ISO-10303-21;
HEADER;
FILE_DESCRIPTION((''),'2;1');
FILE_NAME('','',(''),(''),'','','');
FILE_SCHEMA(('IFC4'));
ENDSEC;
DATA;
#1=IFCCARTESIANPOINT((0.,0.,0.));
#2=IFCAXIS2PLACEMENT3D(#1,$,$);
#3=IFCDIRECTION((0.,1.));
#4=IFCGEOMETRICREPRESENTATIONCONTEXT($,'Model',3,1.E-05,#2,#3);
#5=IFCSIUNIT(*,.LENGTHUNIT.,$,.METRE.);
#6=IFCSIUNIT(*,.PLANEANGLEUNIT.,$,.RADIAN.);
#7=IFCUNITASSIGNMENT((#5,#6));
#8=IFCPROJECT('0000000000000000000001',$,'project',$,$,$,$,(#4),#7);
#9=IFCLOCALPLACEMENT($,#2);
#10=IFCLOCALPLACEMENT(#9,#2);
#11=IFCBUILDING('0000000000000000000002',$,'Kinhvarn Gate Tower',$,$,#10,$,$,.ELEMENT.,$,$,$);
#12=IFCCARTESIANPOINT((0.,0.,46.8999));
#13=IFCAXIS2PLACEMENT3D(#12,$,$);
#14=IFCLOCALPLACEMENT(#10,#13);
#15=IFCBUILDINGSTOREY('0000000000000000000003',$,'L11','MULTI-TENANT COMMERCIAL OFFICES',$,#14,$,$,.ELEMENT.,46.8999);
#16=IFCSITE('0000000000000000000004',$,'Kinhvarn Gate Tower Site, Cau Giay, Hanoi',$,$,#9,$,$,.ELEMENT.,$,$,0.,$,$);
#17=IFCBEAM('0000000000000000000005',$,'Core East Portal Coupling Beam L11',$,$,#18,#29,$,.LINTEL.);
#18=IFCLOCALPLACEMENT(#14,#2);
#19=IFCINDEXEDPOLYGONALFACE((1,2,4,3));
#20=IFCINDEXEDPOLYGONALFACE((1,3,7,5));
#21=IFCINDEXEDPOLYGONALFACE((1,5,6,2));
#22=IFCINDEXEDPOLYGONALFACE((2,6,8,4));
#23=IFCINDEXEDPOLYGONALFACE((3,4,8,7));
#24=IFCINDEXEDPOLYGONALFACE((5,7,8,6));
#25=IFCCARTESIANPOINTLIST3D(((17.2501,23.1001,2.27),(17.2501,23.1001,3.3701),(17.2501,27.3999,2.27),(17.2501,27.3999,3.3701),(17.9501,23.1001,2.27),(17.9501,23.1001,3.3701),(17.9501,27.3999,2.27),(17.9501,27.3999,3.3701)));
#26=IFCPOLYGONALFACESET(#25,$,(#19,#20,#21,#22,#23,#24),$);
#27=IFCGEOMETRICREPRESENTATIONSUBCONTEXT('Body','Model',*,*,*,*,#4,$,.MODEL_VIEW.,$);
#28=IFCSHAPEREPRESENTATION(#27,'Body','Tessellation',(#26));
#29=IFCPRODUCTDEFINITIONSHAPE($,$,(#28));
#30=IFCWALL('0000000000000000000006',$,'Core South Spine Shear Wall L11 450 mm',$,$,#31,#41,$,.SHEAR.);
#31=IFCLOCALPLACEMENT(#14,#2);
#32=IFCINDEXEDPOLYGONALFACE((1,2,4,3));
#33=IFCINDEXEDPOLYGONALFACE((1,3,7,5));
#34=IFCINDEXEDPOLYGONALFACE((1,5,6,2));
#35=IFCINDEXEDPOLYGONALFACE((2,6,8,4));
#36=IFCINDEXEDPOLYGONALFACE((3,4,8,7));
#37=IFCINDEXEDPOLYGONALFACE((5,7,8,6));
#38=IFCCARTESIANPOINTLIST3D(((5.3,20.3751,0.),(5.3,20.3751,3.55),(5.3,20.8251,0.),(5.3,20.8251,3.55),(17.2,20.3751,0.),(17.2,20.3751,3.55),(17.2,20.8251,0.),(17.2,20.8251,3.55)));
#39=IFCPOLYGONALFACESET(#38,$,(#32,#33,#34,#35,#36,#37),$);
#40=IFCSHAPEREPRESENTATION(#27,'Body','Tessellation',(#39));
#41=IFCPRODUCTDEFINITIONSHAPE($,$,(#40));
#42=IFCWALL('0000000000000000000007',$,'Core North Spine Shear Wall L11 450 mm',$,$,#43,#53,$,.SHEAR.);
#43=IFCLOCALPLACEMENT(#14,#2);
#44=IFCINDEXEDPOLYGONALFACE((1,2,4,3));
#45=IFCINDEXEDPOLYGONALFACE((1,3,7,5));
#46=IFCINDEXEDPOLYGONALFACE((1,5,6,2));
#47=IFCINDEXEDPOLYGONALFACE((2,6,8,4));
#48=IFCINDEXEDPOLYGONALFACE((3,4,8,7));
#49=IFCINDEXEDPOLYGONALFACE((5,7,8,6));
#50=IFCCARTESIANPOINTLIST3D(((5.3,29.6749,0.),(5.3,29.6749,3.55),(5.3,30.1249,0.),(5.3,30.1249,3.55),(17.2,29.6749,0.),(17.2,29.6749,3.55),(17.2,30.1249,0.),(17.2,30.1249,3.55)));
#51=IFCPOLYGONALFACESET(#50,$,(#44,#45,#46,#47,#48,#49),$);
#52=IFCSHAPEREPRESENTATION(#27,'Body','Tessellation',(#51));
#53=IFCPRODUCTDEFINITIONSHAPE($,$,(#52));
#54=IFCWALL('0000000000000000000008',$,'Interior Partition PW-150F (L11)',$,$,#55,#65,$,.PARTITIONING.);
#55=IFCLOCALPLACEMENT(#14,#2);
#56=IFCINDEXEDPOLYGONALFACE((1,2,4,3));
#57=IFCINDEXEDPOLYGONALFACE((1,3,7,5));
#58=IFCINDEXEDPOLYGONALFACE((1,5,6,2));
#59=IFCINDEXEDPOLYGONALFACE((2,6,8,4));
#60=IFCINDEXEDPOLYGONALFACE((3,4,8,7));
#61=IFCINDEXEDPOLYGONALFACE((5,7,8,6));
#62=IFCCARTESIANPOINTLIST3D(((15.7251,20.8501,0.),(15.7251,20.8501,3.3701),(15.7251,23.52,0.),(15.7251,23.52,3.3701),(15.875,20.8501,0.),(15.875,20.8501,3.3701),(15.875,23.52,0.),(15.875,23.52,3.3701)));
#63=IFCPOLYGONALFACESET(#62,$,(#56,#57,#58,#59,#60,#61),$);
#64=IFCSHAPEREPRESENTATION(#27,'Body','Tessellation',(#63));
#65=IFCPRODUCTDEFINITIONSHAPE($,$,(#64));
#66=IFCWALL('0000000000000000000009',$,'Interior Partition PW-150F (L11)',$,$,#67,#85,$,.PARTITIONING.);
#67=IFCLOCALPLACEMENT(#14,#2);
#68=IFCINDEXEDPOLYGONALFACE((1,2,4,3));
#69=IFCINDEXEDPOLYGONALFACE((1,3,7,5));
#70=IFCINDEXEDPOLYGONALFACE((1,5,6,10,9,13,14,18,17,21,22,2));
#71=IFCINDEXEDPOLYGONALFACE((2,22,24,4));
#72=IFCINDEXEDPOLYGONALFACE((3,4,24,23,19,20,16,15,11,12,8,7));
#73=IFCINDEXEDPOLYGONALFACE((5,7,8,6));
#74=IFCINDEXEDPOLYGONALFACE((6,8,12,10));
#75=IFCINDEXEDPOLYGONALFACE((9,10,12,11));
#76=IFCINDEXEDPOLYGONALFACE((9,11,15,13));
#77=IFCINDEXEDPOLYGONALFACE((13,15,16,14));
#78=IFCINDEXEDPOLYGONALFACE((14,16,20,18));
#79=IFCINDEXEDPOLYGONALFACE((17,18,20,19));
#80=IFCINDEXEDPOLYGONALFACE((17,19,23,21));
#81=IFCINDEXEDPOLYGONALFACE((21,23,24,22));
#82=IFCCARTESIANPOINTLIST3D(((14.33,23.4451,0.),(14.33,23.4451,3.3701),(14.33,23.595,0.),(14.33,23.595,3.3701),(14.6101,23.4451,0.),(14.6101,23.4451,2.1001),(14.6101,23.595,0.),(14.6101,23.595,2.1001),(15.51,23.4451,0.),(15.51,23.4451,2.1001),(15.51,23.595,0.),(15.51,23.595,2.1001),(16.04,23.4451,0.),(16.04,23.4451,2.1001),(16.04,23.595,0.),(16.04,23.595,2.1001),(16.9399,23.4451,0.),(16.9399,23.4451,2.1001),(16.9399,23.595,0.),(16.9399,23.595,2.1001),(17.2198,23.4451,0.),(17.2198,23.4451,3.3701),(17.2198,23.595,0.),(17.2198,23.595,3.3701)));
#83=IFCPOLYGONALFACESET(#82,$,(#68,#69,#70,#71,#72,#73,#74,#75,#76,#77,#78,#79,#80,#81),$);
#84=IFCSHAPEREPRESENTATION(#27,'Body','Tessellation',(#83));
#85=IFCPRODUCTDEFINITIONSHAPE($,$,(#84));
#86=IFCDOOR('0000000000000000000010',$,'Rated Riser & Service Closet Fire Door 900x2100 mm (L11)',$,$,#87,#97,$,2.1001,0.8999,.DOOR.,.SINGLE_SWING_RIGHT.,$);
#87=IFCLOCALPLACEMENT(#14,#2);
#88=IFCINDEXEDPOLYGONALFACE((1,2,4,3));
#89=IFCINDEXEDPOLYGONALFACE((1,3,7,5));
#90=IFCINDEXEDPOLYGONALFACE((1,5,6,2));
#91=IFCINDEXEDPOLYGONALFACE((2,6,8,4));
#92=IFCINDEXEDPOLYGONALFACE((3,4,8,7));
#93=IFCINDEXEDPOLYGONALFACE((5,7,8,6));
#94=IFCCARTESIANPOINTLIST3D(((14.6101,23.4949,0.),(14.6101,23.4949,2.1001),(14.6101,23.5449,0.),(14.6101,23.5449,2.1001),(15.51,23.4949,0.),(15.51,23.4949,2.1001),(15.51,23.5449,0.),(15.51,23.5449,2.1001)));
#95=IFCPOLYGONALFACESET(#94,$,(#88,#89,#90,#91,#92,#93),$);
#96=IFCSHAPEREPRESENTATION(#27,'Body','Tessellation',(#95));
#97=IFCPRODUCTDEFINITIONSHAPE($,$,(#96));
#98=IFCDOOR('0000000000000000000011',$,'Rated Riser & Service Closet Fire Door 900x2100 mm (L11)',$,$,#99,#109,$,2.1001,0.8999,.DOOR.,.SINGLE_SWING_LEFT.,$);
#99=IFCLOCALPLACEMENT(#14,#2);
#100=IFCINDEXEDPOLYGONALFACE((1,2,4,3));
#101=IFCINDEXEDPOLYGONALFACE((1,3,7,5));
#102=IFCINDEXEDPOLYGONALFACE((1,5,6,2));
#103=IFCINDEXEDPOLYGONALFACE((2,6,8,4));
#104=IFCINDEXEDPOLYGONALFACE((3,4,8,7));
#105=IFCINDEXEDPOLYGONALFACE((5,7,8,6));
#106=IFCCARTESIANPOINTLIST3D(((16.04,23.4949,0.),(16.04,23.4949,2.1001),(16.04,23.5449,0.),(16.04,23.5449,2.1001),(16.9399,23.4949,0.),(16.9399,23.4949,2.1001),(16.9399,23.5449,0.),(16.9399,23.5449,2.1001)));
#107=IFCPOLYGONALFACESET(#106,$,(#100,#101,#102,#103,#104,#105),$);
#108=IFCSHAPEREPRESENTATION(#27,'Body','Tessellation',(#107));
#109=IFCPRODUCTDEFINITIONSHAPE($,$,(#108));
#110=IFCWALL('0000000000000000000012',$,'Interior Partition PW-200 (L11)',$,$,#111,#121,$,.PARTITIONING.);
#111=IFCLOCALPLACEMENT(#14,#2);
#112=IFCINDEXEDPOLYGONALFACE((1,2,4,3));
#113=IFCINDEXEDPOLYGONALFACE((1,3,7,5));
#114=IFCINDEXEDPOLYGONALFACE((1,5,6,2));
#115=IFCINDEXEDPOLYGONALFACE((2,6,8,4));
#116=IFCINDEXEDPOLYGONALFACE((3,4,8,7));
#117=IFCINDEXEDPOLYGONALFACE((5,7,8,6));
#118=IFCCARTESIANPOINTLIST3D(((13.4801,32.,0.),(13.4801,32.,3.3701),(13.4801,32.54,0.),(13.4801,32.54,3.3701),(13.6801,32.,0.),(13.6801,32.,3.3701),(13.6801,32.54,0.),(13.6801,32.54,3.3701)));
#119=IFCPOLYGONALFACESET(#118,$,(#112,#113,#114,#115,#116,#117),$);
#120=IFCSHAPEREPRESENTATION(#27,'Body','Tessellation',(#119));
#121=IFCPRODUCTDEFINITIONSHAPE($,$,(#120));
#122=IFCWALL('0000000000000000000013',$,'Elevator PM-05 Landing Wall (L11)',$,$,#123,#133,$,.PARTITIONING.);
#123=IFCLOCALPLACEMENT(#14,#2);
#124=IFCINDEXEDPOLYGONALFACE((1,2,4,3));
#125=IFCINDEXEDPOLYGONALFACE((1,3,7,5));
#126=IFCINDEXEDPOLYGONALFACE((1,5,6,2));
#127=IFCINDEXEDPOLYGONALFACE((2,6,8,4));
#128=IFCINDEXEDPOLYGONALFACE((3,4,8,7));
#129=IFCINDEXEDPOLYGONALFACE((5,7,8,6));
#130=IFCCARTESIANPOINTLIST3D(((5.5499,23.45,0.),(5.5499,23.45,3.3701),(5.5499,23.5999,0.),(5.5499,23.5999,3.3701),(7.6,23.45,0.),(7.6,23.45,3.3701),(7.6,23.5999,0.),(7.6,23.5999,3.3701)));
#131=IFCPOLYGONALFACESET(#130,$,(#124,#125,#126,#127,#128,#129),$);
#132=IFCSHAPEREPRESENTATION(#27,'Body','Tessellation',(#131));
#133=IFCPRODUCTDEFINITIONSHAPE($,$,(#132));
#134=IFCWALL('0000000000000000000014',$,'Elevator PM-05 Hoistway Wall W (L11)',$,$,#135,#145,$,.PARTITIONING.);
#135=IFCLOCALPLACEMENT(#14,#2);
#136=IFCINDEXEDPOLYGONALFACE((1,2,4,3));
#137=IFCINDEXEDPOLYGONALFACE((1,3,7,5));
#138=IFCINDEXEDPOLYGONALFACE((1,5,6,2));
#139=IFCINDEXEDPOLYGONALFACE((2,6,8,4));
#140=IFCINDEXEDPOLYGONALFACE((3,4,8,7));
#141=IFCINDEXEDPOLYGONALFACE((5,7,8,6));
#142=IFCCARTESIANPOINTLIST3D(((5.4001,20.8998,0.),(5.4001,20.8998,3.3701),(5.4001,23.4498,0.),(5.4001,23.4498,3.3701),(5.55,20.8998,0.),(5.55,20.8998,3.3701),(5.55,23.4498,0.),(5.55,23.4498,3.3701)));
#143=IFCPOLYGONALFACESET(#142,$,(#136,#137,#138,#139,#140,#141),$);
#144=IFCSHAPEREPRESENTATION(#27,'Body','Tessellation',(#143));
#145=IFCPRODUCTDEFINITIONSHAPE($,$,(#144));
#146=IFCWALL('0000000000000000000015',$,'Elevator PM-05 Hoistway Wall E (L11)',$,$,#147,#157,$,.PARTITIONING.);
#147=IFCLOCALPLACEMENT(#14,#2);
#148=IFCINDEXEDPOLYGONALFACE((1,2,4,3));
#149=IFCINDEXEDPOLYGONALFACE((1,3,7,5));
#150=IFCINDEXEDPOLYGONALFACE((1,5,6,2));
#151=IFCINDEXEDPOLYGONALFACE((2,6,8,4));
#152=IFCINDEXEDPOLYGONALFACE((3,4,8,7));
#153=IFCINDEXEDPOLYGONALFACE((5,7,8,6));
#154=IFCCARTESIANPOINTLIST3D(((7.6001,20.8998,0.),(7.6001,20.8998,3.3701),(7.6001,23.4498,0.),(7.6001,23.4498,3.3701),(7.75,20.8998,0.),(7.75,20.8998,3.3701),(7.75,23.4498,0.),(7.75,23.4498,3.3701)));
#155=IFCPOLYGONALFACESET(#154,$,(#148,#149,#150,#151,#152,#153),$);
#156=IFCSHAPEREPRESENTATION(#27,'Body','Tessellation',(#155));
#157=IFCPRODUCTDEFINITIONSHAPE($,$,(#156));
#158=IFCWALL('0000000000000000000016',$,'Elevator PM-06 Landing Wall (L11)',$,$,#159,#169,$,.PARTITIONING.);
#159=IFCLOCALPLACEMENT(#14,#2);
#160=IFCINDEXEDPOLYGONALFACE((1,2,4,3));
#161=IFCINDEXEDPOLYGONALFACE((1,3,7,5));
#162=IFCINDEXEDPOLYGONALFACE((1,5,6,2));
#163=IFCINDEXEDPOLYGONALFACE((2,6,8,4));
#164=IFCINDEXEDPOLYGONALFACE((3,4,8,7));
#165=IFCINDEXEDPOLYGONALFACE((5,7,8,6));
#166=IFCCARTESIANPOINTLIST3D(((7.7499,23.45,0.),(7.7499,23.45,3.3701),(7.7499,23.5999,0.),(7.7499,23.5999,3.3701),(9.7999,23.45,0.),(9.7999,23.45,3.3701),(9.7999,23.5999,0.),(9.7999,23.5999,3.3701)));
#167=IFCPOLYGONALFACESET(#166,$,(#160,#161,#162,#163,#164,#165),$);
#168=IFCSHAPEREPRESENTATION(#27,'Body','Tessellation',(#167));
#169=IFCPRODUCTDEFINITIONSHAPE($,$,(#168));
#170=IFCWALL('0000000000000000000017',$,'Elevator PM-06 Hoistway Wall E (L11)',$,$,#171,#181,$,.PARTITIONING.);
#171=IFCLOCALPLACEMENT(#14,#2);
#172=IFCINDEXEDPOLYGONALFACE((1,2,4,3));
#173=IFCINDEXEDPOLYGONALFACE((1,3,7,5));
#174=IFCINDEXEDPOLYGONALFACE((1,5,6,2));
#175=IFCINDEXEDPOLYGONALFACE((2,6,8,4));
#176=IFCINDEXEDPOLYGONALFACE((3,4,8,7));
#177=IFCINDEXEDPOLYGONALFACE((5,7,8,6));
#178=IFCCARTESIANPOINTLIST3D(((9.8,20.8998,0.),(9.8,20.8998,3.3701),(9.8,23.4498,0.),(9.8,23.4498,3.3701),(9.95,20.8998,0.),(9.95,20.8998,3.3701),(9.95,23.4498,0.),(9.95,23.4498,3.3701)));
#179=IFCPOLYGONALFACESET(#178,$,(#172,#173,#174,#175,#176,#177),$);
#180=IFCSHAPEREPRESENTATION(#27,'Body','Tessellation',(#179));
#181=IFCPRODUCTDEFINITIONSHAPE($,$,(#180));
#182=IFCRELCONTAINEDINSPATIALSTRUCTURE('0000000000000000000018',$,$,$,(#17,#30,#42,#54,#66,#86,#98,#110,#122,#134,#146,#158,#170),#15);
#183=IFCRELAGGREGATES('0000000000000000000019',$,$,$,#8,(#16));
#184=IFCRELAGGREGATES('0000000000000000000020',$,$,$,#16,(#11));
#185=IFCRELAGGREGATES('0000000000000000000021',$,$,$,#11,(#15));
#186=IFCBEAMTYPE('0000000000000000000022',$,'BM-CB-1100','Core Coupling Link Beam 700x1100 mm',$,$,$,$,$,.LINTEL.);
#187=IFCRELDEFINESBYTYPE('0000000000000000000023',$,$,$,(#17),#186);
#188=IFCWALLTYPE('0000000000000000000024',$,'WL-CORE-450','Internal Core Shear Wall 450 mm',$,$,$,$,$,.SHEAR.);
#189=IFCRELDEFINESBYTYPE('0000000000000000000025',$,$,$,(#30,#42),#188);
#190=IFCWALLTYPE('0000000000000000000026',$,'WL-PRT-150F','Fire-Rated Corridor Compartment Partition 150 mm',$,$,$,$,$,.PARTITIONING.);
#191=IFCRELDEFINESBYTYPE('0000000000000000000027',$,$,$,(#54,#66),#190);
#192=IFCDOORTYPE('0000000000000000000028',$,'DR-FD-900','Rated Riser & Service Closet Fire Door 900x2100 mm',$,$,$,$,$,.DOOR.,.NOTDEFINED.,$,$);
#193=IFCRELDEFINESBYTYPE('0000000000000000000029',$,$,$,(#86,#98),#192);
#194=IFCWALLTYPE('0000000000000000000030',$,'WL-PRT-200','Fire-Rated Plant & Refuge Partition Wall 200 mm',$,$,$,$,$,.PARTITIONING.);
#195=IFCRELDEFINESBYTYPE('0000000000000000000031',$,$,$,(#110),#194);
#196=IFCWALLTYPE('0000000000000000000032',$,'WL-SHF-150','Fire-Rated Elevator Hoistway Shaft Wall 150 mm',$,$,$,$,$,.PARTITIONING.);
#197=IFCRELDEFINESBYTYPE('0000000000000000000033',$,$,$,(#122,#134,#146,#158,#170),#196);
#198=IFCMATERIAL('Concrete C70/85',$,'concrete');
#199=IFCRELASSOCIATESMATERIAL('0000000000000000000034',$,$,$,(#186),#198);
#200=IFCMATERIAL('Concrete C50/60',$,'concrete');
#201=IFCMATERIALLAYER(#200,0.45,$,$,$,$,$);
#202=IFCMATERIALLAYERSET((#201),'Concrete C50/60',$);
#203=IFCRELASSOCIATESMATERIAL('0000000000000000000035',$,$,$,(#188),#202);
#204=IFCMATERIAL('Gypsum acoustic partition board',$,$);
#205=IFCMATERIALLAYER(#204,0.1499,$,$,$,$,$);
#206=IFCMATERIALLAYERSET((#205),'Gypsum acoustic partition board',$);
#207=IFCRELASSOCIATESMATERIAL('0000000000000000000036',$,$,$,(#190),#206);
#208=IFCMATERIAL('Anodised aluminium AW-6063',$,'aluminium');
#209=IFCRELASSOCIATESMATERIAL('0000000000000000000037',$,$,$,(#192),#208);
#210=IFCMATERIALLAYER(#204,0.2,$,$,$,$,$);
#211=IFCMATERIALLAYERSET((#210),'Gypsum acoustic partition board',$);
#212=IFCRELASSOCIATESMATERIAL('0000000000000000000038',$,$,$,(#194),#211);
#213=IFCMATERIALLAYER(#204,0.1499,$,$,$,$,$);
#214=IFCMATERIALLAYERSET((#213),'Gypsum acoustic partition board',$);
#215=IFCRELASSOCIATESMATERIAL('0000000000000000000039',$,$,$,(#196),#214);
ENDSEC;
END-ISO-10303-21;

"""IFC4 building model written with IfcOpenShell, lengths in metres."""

from ifc_helpers import new_model, si_unit, direction, frame, frame_2d, origin, origin_2d, place, context, subcontext, project, spatial, rectangle, extrude, material, layer, layer_set, material_profile, profile_set, type_object, element, fill, save


model = new_model("IFC4")

# Units and contexts
model_context = context("Model", 3, precision=1e-05, world=origin(), true_north=direction((0.0, 1.0)))
body_context = subcontext(model_context, "Body", "Model", "MODEL_VIEW")
ifc_project = project(units=[si_unit("LENGTHUNIT", "METRE"), si_unit("PLANEANGLEUNIT", "RADIAN")], contexts=[model_context])

# Site, building, storey
site_placement = place(None, origin())
site = spatial("IfcSite", under=ifc_project, at=site_placement, Name="Kinhvarn Gate Tower Site, Cau Giay, Hanoi", CompositionType="ELEMENT", RefElevation=0.0)
building_placement = place(site_placement, origin())
building = spatial("IfcBuilding", under=site, at=building_placement, Name="Kinhvarn Gate Tower", CompositionType="ELEMENT")
storey_placement = place(building_placement, frame((0.0, 0.0, 46.8999)))
storey = spatial("IfcBuildingStorey", under=building, at=storey_placement, Name="L11", Description="MULTI-TENANT COMMERCIAL OFFICES", CompositionType="ELEMENT", Elevation=46.8999)

# Beam
ifc_material_1 = material(Name="Concrete C70/85", Category="concrete")
ifc_material_profile = material_profile(ifc_material_1, rectangle(XDim=0.7, YDim=1.1001, at=origin_2d()), Name="RC 700x1100")
ifc_profile_set = profile_set([ifc_material_profile], Name="Concrete C70/85")
beam_type = type_object("IfcBeamType", Name="BM-CB-1100", Description="Core Coupling Link Beam 700x1100 mm", PredefinedType="LINTEL", material=ifc_profile_set)
beam_placement = place(storey_placement, frame((17.6001, 23.1001, 2.8201), z_axis=(0.0, 1.0, 0.0), x_axis=(-1.0, 0.0, 0.0)))
element("IfcBeam", 1, at=beam_placement, inside=storey, type_object=beam_type, Name="Core East Portal Coupling Beam L11", PredefinedType="LINTEL", context=body_context, shape_type="SweptSolid", body=[
    extrude(rectangle(XDim=0.7, YDim=1.1001, at=origin_2d()), origin(), (0.0, 0.0, 1.0), 4.2998),
])

# Walls
ifc_material_2 = material(Name="Concrete C50/60", Category="concrete")
ifc_layer_1 = layer(ifc_material_2, 0.45)
ifc_layer_set_1 = layer_set([ifc_layer_1], Name="Concrete C50/60")
wall_type_1 = type_object("IfcWallType", Name="WL-CORE-450", Description="Internal Core Shear Wall 450 mm", PredefinedType="SHEAR", material=ifc_layer_set_1)
for number, where, z_axis, x_axis, name in (
    (2, (5.3, 20.6001, 0.0), (0.0, 0.0, 1.0), (1.0, 0.0, 0.0), "Core South Spine Shear Wall L11 450 mm"),
    (3, (5.3, 29.8999, 0.0), (0.0, 0.0, 1.0), (1.0, 0.0, 0.0), "Core North Spine Shear Wall L11 450 mm"),
):
    element("IfcWall", number, at=place(storey_placement, frame(where, z_axis=z_axis, x_axis=x_axis)), inside=storey, type_object=wall_type_1, Name=name, PredefinedType="SHEAR", context=body_context, shape_type="SweptSolid", body=[
        extrude(rectangle(XDim=11.8999, YDim=0.45, at=frame_2d((5.95, 0.0))), origin(), (0.0, 0.0, 1.0), 3.55),
    ])

# Shared definitions
ifc_material_3 = material(Name="Anodised aluminium AW-6063", Category="aluminium")

# Wall
ifc_material_4 = material(Name="Gypsum acoustic partition board")
ifc_layer_2 = layer(ifc_material_4, 0.1499)
ifc_layer_set_2 = layer_set([ifc_layer_2], Name="Gypsum acoustic partition board")
wall_type_2 = type_object("IfcWallType", Name="WL-PRT-150F", Description="Fire-Rated Corridor Compartment Partition 150 mm", PredefinedType="PARTITIONING", material=ifc_layer_set_2)
wall_1_placement = place(storey_placement, frame((15.8, 20.8501, 0.0), z_axis=(0.0, 0.0, 1.0), x_axis=(0.0, 1.0, 0.0)))
element("IfcWall", 4, at=wall_1_placement, inside=storey, type_object=wall_type_2, Name="Interior Partition PW-150F (L11)", PredefinedType="PARTITIONING", context=body_context, shape_type="SweptSolid", body=[
    extrude(rectangle(XDim=2.6699, YDim=0.1499, at=frame_2d((1.335, 0.0))), origin(), (0.0, 0.0, 1.0), 3.3701),
])

# Wall, openings, doors
wall_2_placement = place(storey_placement, frame((14.3301, 23.52, 0.0), z_axis=(0.0, 0.0, 1.0), x_axis=(1.0, 0.0, 0.0)))
wall_2 = element("IfcWall", 5, at=wall_2_placement, inside=storey, type_object=wall_type_2, Name="Interior Partition PW-150F (L11)", PredefinedType="PARTITIONING", context=body_context, shape_type="SweptSolid", body=[
    extrude(rectangle(XDim=2.8899, YDim=0.1499, at=frame_2d((1.4448, 0.0))), origin(), (0.0, 0.0, 1.0), 3.3701),
])
opening_1_placement = place(wall_2_placement, frame((0.28, 0.0, 0.0)))
opening_1 = element("IfcOpeningElement", 6, at=opening_1_placement, cuts=wall_2, PredefinedType="OPENING", context=body_context, shape_type="SweptSolid", body=[
    extrude(rectangle(XDim=0.8999, YDim=2.1001, at=frame_2d((0.45, 1.05))), frame((0.0, 0.085, 0.0), z_axis=(0.0, -1.0, 0.0), x_axis=(1.0, 0.0, 0.0)), (0.0, 0.0, 1.0), 0.1699),
])
opening_2_placement = place(wall_2_placement, frame((1.71, 0.0, 0.0)))
opening_2 = element("IfcOpeningElement", 7, at=opening_2_placement, cuts=wall_2, PredefinedType="OPENING", context=body_context, shape_type="SweptSolid", body=[
    extrude(rectangle(XDim=0.8999, YDim=2.1001, at=frame_2d((0.45, 1.05))), frame((0.0, 0.085, 0.0), z_axis=(0.0, -1.0, 0.0), x_axis=(1.0, 0.0, 0.0)), (0.0, 0.0, 1.0), 0.1699),
])
door_type_1 = type_object("IfcDoorType", Name="DR-FD-900", Description="Rated Riser & Service Closet Fire Door 900x2100 mm", OperationType="NOTDEFINED", PredefinedType="DOOR", material=ifc_material_3)
door_1_placement = place(opening_1_placement, origin())
door_1 = element("IfcDoor", 8, at=door_1_placement, inside=storey, type_object=door_type_1, Name="Rated Riser & Service Closet Fire Door 900x2100 mm (L11)", OperationType="SINGLE_SWING_RIGHT", OverallHeight=2.1001, OverallWidth=0.8999, PredefinedType="DOOR", context=body_context, shape_type="SweptSolid", body=[
    extrude(rectangle(XDim=0.8999, YDim=2.1001, at=frame_2d((0.45, 1.05))), frame((0.0, 0.0249, 0.0), z_axis=(0.0, -1.0, 0.0), x_axis=(1.0, 0.0, 0.0)), (0.0, 0.0, 1.0), 0.05),
])
fill(opening_1, door_1)
door_2_placement = place(opening_2_placement, origin())
door_2 = element("IfcDoor", 9, at=door_2_placement, inside=storey, type_object=door_type_1, Name="Rated Riser & Service Closet Fire Door 900x2100 mm (L11)", OperationType="SINGLE_SWING_LEFT", OverallHeight=2.1001, OverallWidth=0.8999, PredefinedType="DOOR", context=body_context, shape_type="SweptSolid", body=[
    extrude(rectangle(XDim=0.8999, YDim=2.1001, at=frame_2d((0.45, 1.05))), frame((0.0, 0.0249, 0.0), z_axis=(0.0, -1.0, 0.0), x_axis=(1.0, 0.0, 0.0)), (0.0, 0.0, 1.0), 0.05),
])
fill(opening_2, door_2)

# Walls
ifc_layer_3 = layer(ifc_material_4, 0.2)
ifc_layer_set_3 = layer_set([ifc_layer_3], Name="Gypsum acoustic partition board")
wall_type_3 = type_object("IfcWallType", Name="WL-PRT-200", Description="Fire-Rated Plant & Refuge Partition Wall 200 mm", PredefinedType="PARTITIONING", material=ifc_layer_set_3)
wall_3_placement = place(storey_placement, frame((13.5801, 32.0, 0.0), z_axis=(0.0, 0.0, 1.0), x_axis=(0.0, 1.0, 0.0)))
element("IfcWall", 10, at=wall_3_placement, inside=storey, type_object=wall_type_3, Name="Interior Partition PW-200 (L11)", PredefinedType="PARTITIONING", context=body_context, shape_type="SweptSolid", body=[
    extrude(rectangle(XDim=0.54, YDim=0.2, at=frame_2d((0.27, 0.0))), origin(), (0.0, 0.0, 1.0), 3.3701),
])
ifc_layer_4 = layer(ifc_material_4, 0.1499)
ifc_layer_set_4 = layer_set([ifc_layer_4], Name="Gypsum acoustic partition board")
wall_type_4 = type_object("IfcWallType", Name="WL-SHF-150", Description="Fire-Rated Elevator Hoistway Shaft Wall 150 mm", PredefinedType="PARTITIONING", material=ifc_layer_set_4)
wall_4_placement = place(storey_placement, frame((5.55, 23.5249, 0.0), z_axis=(0.0, 0.0, 1.0), x_axis=(1.0, 0.0, 0.0)))
element("IfcWall", 11, at=wall_4_placement, inside=storey, type_object=wall_type_4, Name="Elevator PM-05 Landing Wall (L11)", PredefinedType="PARTITIONING", context=body_context, shape_type="SweptSolid", body=[
    extrude(rectangle(XDim=2.05, YDim=0.1499, at=frame_2d((1.0249, 0.0))), origin(), (0.0, 0.0, 1.0), 3.3701),
])
for number, where, z_axis, x_axis, name in (
    (12, (5.4751, 20.8999, 0.0), (0.0, 0.0, 1.0), (0.0, 1.0, 0.0), "Elevator PM-05 Hoistway Wall W (L11)"),
    (13, (7.675, 20.8999, 0.0), (0.0, 0.0, 1.0), (0.0, 1.0, 0.0), "Elevator PM-05 Hoistway Wall E (L11)"),
):
    element("IfcWall", number, at=place(storey_placement, frame(where, z_axis=z_axis, x_axis=x_axis)), inside=storey, type_object=wall_type_4, Name=name, PredefinedType="PARTITIONING", context=body_context, shape_type="SweptSolid", body=[
        extrude(rectangle(XDim=2.55, YDim=0.1499, at=frame_2d((1.2749, 0.0))), origin(), (0.0, 0.0, 1.0), 3.3701),
    ])
wall_5_placement = place(storey_placement, frame((7.75, 23.5249, 0.0), z_axis=(0.0, 0.0, 1.0), x_axis=(1.0, 0.0, 0.0)))
element("IfcWall", 14, at=wall_5_placement, inside=storey, type_object=wall_type_4, Name="Elevator PM-06 Landing Wall (L11)", PredefinedType="PARTITIONING", context=body_context, shape_type="SweptSolid", body=[
    extrude(rectangle(XDim=2.05, YDim=0.1499, at=frame_2d((1.0249, 0.0))), origin(), (0.0, 0.0, 1.0), 3.3701),
])
wall_6_placement = place(storey_placement, frame((9.875, 20.8999, 0.0), z_axis=(0.0, 0.0, 1.0), x_axis=(0.0, 1.0, 0.0)))
element("IfcWall", 15, at=wall_6_placement, inside=storey, type_object=wall_type_4, Name="Elevator PM-06 Hoistway Wall E (L11)", PredefinedType="PARTITIONING", context=body_context, shape_type="SweptSolid", body=[
    extrude(rectangle(XDim=2.55, YDim=0.1499, at=frame_2d((1.2749, 0.0))), origin(), (0.0, 0.0, 1.0), 3.3701),
])

save(model, "model.ifc")
